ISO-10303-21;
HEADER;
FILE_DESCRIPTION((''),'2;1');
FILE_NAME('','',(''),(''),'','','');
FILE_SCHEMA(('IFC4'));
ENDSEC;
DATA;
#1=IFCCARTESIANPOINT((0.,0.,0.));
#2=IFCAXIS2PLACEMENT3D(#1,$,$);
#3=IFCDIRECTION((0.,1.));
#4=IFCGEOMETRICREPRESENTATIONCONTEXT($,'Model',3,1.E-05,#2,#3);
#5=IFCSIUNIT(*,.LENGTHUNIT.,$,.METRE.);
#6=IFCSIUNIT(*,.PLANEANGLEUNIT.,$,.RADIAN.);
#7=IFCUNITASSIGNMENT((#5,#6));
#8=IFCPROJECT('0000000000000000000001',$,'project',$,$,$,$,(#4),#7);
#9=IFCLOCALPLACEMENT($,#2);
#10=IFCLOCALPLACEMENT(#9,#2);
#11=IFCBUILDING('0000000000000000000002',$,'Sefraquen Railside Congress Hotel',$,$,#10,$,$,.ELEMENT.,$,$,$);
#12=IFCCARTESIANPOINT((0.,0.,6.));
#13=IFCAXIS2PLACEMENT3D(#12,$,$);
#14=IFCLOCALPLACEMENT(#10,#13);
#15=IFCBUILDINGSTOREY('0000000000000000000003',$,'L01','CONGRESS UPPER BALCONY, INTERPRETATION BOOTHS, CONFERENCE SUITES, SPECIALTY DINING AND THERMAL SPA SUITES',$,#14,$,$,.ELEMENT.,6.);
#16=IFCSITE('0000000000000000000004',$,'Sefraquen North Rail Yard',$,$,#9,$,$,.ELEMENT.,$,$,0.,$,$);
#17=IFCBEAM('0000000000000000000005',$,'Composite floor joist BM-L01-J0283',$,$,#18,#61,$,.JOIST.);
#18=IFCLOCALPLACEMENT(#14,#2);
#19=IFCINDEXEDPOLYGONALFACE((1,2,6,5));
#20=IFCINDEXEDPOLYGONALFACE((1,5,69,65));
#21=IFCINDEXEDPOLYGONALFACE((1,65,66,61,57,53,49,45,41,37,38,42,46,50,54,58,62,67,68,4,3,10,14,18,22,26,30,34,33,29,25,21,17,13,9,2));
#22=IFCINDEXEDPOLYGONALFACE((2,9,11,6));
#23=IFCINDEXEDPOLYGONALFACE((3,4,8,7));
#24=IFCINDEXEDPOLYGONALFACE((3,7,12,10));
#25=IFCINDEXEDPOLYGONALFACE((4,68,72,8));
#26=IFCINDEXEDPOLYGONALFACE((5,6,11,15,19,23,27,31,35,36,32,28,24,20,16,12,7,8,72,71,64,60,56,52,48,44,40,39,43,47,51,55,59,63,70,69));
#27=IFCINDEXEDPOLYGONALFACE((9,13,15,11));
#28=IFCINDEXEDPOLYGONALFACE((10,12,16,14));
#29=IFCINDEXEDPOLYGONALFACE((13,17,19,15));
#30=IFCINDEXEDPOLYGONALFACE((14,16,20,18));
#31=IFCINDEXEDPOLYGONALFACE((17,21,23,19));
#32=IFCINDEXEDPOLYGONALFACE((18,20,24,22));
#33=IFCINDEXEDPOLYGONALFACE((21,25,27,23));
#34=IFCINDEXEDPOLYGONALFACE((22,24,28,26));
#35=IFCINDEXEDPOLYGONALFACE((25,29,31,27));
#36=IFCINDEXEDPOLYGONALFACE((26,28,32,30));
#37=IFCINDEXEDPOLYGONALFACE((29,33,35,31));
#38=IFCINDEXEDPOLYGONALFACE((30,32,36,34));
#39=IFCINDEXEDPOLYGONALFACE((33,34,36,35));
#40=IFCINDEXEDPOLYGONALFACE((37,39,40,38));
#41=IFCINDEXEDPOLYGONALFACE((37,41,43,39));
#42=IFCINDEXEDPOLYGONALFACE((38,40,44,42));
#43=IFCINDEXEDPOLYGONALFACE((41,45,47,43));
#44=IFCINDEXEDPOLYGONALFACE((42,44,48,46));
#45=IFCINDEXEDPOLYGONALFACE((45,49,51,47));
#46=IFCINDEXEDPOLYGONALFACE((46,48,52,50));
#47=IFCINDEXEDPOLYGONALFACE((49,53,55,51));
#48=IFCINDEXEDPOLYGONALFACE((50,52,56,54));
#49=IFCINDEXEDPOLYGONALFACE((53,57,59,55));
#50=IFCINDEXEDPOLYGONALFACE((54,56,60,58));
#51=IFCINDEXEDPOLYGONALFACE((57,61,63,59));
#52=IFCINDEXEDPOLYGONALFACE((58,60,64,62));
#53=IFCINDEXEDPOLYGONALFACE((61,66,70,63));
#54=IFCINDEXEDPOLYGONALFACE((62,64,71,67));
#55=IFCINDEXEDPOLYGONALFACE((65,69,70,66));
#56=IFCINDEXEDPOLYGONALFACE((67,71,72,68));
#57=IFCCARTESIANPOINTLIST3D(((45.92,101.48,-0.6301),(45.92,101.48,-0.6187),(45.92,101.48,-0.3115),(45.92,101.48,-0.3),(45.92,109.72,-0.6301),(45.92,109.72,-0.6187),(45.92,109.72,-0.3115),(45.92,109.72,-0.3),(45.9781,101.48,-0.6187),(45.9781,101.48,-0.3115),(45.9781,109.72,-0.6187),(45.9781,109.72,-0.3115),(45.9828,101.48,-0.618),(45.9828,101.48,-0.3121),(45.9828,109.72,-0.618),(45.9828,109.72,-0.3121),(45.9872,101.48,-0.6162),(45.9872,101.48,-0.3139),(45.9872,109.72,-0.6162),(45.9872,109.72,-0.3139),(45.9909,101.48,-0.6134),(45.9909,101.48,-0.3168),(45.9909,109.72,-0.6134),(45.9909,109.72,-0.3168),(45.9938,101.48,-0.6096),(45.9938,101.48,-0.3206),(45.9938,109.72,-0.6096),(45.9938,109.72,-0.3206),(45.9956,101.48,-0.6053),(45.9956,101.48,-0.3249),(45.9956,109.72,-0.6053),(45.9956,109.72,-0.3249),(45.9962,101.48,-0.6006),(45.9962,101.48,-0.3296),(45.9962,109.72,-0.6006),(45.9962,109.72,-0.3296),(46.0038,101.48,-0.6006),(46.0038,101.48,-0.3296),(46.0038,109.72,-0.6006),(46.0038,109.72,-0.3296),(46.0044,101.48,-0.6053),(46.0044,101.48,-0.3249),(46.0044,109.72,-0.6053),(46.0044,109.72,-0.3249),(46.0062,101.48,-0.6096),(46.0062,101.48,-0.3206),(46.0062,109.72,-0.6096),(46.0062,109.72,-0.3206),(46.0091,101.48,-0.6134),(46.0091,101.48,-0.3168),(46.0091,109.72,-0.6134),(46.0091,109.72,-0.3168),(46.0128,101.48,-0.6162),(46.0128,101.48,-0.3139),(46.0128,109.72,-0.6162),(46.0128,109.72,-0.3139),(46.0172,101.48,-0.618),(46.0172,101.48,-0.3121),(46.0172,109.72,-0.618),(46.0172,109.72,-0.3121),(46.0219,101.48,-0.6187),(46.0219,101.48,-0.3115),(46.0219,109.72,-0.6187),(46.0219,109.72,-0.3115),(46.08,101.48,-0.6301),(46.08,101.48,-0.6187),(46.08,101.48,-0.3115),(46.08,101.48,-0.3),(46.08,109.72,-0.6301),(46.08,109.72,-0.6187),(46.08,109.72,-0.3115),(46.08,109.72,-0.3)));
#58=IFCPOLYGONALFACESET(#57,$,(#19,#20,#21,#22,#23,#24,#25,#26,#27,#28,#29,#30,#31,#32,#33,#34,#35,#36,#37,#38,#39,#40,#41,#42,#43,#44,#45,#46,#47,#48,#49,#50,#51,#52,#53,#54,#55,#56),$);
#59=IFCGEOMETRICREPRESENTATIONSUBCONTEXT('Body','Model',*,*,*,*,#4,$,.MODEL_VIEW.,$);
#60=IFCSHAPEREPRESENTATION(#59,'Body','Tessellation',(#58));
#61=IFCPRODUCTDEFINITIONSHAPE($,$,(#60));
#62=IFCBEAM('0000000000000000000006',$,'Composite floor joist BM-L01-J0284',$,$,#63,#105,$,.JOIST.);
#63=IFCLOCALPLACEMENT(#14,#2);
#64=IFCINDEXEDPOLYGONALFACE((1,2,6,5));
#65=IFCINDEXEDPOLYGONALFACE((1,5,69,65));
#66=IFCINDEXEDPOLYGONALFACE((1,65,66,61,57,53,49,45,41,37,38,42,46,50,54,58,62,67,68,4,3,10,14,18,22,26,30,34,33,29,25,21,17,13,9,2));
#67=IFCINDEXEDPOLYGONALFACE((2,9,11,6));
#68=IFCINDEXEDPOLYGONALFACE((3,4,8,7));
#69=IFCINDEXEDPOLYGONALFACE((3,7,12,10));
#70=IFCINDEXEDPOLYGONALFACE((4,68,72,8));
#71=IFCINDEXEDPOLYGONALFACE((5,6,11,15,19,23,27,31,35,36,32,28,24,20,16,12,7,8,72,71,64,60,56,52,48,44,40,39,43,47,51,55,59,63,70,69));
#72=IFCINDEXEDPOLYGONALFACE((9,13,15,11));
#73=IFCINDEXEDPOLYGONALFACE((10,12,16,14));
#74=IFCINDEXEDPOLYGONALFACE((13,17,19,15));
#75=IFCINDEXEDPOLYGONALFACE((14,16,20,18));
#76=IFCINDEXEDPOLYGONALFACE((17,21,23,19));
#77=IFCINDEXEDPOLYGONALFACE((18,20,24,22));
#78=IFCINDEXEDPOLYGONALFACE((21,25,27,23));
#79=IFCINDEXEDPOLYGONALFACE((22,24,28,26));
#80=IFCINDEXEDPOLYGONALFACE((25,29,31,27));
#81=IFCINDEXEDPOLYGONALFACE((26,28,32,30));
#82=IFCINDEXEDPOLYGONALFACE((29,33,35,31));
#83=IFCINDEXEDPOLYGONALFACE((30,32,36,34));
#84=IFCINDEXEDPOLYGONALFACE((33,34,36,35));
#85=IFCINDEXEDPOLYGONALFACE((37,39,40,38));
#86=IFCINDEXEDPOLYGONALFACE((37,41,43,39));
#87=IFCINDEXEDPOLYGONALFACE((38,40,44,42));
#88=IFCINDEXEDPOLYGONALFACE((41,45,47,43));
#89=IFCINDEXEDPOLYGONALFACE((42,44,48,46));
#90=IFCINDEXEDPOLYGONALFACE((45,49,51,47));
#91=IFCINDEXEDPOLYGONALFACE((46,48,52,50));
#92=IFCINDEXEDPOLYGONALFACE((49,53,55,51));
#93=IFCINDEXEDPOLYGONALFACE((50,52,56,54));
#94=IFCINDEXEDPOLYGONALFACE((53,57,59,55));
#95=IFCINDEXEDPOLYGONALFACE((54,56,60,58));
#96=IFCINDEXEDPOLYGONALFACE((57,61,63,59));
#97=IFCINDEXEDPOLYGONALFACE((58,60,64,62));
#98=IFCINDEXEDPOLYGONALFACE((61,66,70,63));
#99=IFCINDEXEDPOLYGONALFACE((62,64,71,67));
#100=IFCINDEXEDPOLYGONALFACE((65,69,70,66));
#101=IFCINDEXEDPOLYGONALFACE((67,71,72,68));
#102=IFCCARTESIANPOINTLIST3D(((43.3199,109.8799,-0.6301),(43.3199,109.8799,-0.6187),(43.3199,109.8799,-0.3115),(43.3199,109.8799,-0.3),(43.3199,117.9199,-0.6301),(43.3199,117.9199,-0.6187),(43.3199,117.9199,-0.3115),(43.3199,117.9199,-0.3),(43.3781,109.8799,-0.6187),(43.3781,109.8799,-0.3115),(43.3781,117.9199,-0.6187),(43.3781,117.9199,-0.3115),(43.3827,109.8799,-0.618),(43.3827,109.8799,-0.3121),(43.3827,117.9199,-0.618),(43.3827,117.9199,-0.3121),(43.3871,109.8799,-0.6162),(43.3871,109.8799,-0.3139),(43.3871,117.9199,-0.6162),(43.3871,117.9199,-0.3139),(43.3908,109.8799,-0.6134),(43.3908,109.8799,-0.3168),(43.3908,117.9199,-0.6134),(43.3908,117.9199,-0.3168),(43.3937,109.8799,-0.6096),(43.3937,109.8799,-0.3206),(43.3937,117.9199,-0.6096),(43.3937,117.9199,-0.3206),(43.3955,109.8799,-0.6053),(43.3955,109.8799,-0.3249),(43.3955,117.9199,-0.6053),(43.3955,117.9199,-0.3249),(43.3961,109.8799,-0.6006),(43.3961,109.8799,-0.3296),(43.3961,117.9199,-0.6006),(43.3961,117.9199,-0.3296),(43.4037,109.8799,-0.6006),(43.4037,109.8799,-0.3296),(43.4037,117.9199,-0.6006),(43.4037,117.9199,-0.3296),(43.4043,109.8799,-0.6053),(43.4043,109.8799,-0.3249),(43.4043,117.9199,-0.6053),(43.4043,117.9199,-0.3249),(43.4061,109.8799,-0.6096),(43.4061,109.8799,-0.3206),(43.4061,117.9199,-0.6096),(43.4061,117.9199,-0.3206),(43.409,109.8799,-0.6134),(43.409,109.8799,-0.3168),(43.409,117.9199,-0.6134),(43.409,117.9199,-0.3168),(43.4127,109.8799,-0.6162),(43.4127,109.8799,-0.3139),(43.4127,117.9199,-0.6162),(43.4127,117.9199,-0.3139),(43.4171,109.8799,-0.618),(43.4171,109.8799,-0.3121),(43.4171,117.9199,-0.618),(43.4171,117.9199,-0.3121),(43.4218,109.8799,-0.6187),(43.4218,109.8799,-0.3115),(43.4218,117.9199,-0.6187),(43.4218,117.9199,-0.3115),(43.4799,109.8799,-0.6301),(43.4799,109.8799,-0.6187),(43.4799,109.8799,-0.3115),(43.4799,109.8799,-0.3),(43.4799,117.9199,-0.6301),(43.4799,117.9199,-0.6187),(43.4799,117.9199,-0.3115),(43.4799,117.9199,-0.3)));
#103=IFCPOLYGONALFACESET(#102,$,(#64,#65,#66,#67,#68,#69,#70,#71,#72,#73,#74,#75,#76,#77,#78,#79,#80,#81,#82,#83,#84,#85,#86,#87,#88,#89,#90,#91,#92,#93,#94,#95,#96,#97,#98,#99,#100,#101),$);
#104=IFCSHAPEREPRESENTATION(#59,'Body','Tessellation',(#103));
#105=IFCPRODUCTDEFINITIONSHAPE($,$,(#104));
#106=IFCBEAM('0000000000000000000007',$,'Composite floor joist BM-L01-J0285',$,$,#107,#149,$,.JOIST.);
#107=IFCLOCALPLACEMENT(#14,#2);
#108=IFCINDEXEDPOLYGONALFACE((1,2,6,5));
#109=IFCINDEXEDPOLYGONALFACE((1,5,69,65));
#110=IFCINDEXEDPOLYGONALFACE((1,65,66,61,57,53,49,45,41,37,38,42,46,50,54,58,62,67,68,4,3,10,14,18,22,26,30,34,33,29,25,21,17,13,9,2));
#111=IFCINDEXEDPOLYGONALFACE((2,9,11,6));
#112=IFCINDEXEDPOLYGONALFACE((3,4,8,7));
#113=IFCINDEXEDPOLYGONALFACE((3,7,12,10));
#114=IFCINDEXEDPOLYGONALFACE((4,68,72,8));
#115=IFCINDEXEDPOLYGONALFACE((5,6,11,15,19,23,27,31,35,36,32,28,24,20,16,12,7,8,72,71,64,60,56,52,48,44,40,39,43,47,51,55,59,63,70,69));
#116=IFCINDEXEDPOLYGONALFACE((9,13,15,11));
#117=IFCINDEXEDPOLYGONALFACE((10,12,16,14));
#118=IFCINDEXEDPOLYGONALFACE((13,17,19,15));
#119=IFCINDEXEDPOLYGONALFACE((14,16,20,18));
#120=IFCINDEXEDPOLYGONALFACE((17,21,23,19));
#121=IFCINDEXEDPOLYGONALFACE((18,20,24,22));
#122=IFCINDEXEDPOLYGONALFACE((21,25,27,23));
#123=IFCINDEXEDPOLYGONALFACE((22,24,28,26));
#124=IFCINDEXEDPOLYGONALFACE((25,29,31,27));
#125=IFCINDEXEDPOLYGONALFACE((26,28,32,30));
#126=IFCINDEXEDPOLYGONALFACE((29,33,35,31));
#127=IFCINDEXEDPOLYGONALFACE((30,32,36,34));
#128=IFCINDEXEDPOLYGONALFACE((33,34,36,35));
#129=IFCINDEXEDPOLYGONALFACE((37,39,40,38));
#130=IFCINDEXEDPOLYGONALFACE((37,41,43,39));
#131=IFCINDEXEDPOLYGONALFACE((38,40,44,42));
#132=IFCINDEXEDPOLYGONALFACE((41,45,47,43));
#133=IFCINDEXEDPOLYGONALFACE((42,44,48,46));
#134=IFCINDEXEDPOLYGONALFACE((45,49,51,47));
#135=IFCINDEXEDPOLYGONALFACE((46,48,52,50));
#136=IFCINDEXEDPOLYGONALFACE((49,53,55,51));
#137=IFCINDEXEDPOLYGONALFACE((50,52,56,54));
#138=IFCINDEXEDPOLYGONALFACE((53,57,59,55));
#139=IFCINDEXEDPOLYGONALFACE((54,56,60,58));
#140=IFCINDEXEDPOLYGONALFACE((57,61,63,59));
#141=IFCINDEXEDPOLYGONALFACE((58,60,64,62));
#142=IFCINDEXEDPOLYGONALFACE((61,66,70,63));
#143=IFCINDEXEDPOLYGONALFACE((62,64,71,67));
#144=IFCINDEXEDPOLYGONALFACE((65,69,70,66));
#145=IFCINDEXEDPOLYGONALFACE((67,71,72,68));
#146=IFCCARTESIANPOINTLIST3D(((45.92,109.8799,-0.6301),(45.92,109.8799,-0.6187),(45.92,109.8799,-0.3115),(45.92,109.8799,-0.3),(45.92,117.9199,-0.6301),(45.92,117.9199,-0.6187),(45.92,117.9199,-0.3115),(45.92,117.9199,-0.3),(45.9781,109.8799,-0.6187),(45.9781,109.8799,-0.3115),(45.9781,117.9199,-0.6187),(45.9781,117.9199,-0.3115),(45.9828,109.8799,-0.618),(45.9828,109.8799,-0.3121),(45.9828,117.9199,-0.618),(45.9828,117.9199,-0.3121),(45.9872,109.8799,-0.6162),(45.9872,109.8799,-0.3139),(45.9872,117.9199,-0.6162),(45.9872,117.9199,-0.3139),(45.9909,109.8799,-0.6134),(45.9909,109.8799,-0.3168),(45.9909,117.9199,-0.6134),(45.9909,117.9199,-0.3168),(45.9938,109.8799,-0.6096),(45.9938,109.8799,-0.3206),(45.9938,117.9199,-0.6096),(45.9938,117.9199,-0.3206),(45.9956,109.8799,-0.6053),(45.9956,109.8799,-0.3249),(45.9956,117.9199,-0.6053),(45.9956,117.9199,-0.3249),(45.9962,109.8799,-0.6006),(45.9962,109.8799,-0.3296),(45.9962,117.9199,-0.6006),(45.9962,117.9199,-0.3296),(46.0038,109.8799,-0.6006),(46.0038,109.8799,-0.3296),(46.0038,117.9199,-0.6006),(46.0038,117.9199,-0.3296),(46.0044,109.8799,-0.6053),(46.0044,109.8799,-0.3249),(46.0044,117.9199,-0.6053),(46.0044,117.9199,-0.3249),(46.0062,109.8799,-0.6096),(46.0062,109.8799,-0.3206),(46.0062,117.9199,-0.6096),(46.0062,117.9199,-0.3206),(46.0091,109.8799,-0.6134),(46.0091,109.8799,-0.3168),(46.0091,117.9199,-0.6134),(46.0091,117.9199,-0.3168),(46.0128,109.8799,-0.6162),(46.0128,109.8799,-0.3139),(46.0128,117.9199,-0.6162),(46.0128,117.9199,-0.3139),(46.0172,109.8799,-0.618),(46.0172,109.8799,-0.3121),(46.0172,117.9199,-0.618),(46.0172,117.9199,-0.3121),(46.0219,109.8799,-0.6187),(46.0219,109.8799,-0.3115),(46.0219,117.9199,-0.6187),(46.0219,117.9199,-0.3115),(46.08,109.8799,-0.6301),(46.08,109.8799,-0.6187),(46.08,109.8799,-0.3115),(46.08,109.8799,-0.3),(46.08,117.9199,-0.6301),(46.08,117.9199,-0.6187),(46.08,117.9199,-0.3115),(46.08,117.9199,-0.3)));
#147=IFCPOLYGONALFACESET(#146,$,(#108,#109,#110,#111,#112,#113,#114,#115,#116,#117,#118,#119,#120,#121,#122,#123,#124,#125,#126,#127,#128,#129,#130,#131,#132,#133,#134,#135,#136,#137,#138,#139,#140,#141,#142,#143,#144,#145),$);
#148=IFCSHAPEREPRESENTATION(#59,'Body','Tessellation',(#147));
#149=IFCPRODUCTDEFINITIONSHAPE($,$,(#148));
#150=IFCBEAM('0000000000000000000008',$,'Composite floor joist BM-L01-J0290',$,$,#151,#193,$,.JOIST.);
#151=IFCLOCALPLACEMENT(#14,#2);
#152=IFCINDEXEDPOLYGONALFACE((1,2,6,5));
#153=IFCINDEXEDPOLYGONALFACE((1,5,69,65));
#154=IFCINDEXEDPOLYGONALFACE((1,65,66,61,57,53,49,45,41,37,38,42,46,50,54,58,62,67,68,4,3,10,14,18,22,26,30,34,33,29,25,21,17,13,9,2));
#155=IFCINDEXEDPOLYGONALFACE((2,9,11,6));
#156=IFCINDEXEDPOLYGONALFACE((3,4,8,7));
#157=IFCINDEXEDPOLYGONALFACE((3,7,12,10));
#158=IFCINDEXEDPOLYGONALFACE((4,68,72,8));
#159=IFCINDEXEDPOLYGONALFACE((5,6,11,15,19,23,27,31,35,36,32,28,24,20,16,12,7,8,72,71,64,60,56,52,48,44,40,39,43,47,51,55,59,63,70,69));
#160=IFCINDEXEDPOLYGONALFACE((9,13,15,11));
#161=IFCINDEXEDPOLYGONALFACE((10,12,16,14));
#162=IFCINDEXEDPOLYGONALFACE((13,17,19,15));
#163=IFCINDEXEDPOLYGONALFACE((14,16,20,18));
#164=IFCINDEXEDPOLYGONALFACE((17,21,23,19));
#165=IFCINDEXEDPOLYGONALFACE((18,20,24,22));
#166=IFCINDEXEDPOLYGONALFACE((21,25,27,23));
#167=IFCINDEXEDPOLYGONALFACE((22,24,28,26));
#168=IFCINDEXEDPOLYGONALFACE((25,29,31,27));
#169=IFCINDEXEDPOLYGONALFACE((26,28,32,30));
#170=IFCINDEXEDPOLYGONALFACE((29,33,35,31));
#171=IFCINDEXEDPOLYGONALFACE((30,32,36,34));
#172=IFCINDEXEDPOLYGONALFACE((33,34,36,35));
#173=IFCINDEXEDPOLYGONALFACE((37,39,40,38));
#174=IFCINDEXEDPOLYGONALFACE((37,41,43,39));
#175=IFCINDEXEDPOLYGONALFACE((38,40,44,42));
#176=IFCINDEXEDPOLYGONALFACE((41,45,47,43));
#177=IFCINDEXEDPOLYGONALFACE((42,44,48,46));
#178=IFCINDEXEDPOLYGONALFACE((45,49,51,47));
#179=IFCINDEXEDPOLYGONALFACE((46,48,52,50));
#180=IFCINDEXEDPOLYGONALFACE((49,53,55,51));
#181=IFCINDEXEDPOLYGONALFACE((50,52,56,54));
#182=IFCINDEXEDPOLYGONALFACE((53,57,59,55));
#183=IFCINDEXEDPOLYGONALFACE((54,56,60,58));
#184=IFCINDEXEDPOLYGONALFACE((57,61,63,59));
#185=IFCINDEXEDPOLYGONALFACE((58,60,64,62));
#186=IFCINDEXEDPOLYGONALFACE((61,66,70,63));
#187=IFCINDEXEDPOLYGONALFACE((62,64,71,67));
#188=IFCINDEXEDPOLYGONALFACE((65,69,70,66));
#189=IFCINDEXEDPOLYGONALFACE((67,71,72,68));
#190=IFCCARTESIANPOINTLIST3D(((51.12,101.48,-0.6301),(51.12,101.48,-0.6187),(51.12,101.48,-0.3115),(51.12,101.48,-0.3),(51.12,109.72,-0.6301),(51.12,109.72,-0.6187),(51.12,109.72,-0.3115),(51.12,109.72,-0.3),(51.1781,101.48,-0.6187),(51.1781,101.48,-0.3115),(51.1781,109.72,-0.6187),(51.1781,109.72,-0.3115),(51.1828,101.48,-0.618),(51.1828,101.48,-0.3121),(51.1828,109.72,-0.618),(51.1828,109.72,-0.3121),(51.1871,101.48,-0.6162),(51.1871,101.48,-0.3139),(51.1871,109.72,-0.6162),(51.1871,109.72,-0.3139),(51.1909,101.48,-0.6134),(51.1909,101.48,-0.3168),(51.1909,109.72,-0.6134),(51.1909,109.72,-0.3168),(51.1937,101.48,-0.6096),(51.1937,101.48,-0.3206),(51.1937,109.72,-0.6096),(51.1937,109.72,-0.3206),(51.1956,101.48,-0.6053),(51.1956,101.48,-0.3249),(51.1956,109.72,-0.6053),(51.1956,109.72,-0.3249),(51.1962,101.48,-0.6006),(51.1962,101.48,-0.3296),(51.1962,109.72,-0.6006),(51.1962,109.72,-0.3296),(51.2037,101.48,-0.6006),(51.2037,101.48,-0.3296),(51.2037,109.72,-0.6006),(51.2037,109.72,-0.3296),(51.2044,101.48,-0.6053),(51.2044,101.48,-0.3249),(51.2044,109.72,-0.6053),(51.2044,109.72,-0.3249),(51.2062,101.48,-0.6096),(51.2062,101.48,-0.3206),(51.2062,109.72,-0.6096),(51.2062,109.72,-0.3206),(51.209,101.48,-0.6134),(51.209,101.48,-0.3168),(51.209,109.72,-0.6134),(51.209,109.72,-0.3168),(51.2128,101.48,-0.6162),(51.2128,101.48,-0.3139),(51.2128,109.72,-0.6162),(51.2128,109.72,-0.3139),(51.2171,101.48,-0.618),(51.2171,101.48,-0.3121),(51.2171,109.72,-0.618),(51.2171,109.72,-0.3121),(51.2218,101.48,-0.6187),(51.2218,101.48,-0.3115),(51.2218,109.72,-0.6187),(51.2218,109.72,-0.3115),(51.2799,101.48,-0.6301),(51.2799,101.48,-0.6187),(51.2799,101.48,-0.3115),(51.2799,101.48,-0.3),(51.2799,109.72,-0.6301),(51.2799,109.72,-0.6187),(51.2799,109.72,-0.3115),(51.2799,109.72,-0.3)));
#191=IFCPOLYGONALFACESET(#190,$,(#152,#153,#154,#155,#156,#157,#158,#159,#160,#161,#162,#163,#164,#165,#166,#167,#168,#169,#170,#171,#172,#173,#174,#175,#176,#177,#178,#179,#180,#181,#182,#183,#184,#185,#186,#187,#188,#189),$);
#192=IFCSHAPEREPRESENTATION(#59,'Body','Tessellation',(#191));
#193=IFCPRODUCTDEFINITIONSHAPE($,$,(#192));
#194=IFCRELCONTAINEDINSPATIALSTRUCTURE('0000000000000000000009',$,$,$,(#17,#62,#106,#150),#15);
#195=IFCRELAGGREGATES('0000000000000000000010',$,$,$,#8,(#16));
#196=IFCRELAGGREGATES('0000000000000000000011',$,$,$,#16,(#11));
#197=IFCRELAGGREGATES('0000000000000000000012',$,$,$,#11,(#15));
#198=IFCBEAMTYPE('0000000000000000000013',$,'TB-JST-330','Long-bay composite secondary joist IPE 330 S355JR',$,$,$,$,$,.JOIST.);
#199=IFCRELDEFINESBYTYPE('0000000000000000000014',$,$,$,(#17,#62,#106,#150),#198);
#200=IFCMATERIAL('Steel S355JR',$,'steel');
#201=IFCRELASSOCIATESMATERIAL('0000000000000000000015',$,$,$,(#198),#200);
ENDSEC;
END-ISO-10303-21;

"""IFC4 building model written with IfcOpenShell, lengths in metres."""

from ifc_helpers import new_model, si_unit, direction, frame, origin, origin_2d, place, context, subcontext, project, spatial, i_section, extrude, material, material_profile, profile_set, type_object, element, save


model = new_model("IFC4")

# Units and contexts
model_context = context("Model", 3, precision=1e-05, world=origin(), true_north=direction((0.0, 1.0)))
body_context = subcontext(model_context, "Body", "Model", "MODEL_VIEW")
ifc_project = project(units=[si_unit("LENGTHUNIT", "METRE"), si_unit("PLANEANGLEUNIT", "RADIAN")], contexts=[model_context])

# Site, building, storey
site_placement = place(None, origin())
site = spatial("IfcSite", under=ifc_project, at=site_placement, Name="Sefraquen North Rail Yard", CompositionType="ELEMENT", RefElevation=0.0)
building_placement = place(site_placement, origin())
building = spatial("IfcBuilding", under=site, at=building_placement, Name="Sefraquen Railside Congress Hotel", CompositionType="ELEMENT")
storey_placement = place(building_placement, frame((0.0, 0.0, 6.0)))
storey = spatial("IfcBuildingStorey", under=building, at=storey_placement, Name="L01", Description="CONGRESS UPPER BALCONY, INTERPRETATION BOOTHS, CONFERENCE SUITES, SPECIALTY DINING AND THERMAL SPA SUITES", CompositionType="ELEMENT", Elevation=6.0)

# Shared definitions
ifc_material_1 = material(Name="Steel S355JR", Category="steel")

# Beams
ifc_material_profile_1 = material_profile(ifc_material_1, i_section(OverallWidth=0.1599, OverallDepth=0.3301, WebThickness=0.0076, FlangeThickness=0.0115, FilletRadius=0.0181, at=origin_2d()), Name="IPE 330")
ifc_profile_set_1 = profile_set([ifc_material_profile_1], Name="Steel S355JR")
beam_type_1 = type_object("IfcBeamType", Name="TB-JST-330", Description="Long-bay composite secondary joist IPE 330 S355JR", PredefinedType="JOIST", material=ifc_profile_set_1)
for number, where, z_axis, x_axis, name in (
    (1, (46.0, 101.48, -0.4651), (0.0, 1.0, 0.0), (-1.0, 0.0, 0.0), "Composite floor joist BM-L01-J0283"),
):
    element("IfcBeam", number, at=place(storey_placement, frame(where, z_axis=z_axis, x_axis=x_axis)), inside=storey, type_object=beam_type_1, Name=name, PredefinedType="JOIST", context=body_context, shape_type="SweptSolid", body=[
        extrude(i_section(OverallWidth=0.1599, OverallDepth=0.3301, WebThickness=0.0076, FlangeThickness=0.0115, FilletRadius=0.0181, at=origin_2d()), origin(), (0.0, 0.0, 1.0), 8.24),
    ])
for number, where, z_axis, x_axis, name in (
    (2, (43.3999, 109.8799, -0.4651), (0.0, 1.0, 0.0), (-1.0, 0.0, 0.0), "Composite floor joist BM-L01-J0284"),
    (3, (46.0, 109.8799, -0.4651), (0.0, 1.0, 0.0), (-1.0, 0.0, 0.0), "Composite floor joist BM-L01-J0285"),
):
    element("IfcBeam", number, at=place(storey_placement, frame(where, z_axis=z_axis, x_axis=x_axis)), inside=storey, type_object=beam_type_1, Name=name, PredefinedType="JOIST", context=body_context, shape_type="SweptSolid", body=[
        extrude(i_section(OverallWidth=0.1599, OverallDepth=0.3301, WebThickness=0.0076, FlangeThickness=0.0115, FilletRadius=0.0181, at=origin_2d()), origin(), (0.0, 0.0, 1.0), 8.04),
    ])
beam_1_placement = place(storey_placement, frame((51.2, 101.48, -0.4651), z_axis=(0.0, 1.0, 0.0), x_axis=(-1.0, 0.0, 0.0)))
element("IfcBeam", 4, at=beam_1_placement, inside=storey, type_object=beam_type_1, Name="Composite floor joist BM-L01-J0290", PredefinedType="JOIST", context=body_context, shape_type="SweptSolid", body=[
    extrude(i_section(OverallWidth=0.1599, OverallDepth=0.3301, WebThickness=0.0076, FlangeThickness=0.0115, FilletRadius=0.0181, at=origin_2d()), origin(), (0.0, 0.0, 1.0), 8.24),
])

save(model, "model.ifc")
